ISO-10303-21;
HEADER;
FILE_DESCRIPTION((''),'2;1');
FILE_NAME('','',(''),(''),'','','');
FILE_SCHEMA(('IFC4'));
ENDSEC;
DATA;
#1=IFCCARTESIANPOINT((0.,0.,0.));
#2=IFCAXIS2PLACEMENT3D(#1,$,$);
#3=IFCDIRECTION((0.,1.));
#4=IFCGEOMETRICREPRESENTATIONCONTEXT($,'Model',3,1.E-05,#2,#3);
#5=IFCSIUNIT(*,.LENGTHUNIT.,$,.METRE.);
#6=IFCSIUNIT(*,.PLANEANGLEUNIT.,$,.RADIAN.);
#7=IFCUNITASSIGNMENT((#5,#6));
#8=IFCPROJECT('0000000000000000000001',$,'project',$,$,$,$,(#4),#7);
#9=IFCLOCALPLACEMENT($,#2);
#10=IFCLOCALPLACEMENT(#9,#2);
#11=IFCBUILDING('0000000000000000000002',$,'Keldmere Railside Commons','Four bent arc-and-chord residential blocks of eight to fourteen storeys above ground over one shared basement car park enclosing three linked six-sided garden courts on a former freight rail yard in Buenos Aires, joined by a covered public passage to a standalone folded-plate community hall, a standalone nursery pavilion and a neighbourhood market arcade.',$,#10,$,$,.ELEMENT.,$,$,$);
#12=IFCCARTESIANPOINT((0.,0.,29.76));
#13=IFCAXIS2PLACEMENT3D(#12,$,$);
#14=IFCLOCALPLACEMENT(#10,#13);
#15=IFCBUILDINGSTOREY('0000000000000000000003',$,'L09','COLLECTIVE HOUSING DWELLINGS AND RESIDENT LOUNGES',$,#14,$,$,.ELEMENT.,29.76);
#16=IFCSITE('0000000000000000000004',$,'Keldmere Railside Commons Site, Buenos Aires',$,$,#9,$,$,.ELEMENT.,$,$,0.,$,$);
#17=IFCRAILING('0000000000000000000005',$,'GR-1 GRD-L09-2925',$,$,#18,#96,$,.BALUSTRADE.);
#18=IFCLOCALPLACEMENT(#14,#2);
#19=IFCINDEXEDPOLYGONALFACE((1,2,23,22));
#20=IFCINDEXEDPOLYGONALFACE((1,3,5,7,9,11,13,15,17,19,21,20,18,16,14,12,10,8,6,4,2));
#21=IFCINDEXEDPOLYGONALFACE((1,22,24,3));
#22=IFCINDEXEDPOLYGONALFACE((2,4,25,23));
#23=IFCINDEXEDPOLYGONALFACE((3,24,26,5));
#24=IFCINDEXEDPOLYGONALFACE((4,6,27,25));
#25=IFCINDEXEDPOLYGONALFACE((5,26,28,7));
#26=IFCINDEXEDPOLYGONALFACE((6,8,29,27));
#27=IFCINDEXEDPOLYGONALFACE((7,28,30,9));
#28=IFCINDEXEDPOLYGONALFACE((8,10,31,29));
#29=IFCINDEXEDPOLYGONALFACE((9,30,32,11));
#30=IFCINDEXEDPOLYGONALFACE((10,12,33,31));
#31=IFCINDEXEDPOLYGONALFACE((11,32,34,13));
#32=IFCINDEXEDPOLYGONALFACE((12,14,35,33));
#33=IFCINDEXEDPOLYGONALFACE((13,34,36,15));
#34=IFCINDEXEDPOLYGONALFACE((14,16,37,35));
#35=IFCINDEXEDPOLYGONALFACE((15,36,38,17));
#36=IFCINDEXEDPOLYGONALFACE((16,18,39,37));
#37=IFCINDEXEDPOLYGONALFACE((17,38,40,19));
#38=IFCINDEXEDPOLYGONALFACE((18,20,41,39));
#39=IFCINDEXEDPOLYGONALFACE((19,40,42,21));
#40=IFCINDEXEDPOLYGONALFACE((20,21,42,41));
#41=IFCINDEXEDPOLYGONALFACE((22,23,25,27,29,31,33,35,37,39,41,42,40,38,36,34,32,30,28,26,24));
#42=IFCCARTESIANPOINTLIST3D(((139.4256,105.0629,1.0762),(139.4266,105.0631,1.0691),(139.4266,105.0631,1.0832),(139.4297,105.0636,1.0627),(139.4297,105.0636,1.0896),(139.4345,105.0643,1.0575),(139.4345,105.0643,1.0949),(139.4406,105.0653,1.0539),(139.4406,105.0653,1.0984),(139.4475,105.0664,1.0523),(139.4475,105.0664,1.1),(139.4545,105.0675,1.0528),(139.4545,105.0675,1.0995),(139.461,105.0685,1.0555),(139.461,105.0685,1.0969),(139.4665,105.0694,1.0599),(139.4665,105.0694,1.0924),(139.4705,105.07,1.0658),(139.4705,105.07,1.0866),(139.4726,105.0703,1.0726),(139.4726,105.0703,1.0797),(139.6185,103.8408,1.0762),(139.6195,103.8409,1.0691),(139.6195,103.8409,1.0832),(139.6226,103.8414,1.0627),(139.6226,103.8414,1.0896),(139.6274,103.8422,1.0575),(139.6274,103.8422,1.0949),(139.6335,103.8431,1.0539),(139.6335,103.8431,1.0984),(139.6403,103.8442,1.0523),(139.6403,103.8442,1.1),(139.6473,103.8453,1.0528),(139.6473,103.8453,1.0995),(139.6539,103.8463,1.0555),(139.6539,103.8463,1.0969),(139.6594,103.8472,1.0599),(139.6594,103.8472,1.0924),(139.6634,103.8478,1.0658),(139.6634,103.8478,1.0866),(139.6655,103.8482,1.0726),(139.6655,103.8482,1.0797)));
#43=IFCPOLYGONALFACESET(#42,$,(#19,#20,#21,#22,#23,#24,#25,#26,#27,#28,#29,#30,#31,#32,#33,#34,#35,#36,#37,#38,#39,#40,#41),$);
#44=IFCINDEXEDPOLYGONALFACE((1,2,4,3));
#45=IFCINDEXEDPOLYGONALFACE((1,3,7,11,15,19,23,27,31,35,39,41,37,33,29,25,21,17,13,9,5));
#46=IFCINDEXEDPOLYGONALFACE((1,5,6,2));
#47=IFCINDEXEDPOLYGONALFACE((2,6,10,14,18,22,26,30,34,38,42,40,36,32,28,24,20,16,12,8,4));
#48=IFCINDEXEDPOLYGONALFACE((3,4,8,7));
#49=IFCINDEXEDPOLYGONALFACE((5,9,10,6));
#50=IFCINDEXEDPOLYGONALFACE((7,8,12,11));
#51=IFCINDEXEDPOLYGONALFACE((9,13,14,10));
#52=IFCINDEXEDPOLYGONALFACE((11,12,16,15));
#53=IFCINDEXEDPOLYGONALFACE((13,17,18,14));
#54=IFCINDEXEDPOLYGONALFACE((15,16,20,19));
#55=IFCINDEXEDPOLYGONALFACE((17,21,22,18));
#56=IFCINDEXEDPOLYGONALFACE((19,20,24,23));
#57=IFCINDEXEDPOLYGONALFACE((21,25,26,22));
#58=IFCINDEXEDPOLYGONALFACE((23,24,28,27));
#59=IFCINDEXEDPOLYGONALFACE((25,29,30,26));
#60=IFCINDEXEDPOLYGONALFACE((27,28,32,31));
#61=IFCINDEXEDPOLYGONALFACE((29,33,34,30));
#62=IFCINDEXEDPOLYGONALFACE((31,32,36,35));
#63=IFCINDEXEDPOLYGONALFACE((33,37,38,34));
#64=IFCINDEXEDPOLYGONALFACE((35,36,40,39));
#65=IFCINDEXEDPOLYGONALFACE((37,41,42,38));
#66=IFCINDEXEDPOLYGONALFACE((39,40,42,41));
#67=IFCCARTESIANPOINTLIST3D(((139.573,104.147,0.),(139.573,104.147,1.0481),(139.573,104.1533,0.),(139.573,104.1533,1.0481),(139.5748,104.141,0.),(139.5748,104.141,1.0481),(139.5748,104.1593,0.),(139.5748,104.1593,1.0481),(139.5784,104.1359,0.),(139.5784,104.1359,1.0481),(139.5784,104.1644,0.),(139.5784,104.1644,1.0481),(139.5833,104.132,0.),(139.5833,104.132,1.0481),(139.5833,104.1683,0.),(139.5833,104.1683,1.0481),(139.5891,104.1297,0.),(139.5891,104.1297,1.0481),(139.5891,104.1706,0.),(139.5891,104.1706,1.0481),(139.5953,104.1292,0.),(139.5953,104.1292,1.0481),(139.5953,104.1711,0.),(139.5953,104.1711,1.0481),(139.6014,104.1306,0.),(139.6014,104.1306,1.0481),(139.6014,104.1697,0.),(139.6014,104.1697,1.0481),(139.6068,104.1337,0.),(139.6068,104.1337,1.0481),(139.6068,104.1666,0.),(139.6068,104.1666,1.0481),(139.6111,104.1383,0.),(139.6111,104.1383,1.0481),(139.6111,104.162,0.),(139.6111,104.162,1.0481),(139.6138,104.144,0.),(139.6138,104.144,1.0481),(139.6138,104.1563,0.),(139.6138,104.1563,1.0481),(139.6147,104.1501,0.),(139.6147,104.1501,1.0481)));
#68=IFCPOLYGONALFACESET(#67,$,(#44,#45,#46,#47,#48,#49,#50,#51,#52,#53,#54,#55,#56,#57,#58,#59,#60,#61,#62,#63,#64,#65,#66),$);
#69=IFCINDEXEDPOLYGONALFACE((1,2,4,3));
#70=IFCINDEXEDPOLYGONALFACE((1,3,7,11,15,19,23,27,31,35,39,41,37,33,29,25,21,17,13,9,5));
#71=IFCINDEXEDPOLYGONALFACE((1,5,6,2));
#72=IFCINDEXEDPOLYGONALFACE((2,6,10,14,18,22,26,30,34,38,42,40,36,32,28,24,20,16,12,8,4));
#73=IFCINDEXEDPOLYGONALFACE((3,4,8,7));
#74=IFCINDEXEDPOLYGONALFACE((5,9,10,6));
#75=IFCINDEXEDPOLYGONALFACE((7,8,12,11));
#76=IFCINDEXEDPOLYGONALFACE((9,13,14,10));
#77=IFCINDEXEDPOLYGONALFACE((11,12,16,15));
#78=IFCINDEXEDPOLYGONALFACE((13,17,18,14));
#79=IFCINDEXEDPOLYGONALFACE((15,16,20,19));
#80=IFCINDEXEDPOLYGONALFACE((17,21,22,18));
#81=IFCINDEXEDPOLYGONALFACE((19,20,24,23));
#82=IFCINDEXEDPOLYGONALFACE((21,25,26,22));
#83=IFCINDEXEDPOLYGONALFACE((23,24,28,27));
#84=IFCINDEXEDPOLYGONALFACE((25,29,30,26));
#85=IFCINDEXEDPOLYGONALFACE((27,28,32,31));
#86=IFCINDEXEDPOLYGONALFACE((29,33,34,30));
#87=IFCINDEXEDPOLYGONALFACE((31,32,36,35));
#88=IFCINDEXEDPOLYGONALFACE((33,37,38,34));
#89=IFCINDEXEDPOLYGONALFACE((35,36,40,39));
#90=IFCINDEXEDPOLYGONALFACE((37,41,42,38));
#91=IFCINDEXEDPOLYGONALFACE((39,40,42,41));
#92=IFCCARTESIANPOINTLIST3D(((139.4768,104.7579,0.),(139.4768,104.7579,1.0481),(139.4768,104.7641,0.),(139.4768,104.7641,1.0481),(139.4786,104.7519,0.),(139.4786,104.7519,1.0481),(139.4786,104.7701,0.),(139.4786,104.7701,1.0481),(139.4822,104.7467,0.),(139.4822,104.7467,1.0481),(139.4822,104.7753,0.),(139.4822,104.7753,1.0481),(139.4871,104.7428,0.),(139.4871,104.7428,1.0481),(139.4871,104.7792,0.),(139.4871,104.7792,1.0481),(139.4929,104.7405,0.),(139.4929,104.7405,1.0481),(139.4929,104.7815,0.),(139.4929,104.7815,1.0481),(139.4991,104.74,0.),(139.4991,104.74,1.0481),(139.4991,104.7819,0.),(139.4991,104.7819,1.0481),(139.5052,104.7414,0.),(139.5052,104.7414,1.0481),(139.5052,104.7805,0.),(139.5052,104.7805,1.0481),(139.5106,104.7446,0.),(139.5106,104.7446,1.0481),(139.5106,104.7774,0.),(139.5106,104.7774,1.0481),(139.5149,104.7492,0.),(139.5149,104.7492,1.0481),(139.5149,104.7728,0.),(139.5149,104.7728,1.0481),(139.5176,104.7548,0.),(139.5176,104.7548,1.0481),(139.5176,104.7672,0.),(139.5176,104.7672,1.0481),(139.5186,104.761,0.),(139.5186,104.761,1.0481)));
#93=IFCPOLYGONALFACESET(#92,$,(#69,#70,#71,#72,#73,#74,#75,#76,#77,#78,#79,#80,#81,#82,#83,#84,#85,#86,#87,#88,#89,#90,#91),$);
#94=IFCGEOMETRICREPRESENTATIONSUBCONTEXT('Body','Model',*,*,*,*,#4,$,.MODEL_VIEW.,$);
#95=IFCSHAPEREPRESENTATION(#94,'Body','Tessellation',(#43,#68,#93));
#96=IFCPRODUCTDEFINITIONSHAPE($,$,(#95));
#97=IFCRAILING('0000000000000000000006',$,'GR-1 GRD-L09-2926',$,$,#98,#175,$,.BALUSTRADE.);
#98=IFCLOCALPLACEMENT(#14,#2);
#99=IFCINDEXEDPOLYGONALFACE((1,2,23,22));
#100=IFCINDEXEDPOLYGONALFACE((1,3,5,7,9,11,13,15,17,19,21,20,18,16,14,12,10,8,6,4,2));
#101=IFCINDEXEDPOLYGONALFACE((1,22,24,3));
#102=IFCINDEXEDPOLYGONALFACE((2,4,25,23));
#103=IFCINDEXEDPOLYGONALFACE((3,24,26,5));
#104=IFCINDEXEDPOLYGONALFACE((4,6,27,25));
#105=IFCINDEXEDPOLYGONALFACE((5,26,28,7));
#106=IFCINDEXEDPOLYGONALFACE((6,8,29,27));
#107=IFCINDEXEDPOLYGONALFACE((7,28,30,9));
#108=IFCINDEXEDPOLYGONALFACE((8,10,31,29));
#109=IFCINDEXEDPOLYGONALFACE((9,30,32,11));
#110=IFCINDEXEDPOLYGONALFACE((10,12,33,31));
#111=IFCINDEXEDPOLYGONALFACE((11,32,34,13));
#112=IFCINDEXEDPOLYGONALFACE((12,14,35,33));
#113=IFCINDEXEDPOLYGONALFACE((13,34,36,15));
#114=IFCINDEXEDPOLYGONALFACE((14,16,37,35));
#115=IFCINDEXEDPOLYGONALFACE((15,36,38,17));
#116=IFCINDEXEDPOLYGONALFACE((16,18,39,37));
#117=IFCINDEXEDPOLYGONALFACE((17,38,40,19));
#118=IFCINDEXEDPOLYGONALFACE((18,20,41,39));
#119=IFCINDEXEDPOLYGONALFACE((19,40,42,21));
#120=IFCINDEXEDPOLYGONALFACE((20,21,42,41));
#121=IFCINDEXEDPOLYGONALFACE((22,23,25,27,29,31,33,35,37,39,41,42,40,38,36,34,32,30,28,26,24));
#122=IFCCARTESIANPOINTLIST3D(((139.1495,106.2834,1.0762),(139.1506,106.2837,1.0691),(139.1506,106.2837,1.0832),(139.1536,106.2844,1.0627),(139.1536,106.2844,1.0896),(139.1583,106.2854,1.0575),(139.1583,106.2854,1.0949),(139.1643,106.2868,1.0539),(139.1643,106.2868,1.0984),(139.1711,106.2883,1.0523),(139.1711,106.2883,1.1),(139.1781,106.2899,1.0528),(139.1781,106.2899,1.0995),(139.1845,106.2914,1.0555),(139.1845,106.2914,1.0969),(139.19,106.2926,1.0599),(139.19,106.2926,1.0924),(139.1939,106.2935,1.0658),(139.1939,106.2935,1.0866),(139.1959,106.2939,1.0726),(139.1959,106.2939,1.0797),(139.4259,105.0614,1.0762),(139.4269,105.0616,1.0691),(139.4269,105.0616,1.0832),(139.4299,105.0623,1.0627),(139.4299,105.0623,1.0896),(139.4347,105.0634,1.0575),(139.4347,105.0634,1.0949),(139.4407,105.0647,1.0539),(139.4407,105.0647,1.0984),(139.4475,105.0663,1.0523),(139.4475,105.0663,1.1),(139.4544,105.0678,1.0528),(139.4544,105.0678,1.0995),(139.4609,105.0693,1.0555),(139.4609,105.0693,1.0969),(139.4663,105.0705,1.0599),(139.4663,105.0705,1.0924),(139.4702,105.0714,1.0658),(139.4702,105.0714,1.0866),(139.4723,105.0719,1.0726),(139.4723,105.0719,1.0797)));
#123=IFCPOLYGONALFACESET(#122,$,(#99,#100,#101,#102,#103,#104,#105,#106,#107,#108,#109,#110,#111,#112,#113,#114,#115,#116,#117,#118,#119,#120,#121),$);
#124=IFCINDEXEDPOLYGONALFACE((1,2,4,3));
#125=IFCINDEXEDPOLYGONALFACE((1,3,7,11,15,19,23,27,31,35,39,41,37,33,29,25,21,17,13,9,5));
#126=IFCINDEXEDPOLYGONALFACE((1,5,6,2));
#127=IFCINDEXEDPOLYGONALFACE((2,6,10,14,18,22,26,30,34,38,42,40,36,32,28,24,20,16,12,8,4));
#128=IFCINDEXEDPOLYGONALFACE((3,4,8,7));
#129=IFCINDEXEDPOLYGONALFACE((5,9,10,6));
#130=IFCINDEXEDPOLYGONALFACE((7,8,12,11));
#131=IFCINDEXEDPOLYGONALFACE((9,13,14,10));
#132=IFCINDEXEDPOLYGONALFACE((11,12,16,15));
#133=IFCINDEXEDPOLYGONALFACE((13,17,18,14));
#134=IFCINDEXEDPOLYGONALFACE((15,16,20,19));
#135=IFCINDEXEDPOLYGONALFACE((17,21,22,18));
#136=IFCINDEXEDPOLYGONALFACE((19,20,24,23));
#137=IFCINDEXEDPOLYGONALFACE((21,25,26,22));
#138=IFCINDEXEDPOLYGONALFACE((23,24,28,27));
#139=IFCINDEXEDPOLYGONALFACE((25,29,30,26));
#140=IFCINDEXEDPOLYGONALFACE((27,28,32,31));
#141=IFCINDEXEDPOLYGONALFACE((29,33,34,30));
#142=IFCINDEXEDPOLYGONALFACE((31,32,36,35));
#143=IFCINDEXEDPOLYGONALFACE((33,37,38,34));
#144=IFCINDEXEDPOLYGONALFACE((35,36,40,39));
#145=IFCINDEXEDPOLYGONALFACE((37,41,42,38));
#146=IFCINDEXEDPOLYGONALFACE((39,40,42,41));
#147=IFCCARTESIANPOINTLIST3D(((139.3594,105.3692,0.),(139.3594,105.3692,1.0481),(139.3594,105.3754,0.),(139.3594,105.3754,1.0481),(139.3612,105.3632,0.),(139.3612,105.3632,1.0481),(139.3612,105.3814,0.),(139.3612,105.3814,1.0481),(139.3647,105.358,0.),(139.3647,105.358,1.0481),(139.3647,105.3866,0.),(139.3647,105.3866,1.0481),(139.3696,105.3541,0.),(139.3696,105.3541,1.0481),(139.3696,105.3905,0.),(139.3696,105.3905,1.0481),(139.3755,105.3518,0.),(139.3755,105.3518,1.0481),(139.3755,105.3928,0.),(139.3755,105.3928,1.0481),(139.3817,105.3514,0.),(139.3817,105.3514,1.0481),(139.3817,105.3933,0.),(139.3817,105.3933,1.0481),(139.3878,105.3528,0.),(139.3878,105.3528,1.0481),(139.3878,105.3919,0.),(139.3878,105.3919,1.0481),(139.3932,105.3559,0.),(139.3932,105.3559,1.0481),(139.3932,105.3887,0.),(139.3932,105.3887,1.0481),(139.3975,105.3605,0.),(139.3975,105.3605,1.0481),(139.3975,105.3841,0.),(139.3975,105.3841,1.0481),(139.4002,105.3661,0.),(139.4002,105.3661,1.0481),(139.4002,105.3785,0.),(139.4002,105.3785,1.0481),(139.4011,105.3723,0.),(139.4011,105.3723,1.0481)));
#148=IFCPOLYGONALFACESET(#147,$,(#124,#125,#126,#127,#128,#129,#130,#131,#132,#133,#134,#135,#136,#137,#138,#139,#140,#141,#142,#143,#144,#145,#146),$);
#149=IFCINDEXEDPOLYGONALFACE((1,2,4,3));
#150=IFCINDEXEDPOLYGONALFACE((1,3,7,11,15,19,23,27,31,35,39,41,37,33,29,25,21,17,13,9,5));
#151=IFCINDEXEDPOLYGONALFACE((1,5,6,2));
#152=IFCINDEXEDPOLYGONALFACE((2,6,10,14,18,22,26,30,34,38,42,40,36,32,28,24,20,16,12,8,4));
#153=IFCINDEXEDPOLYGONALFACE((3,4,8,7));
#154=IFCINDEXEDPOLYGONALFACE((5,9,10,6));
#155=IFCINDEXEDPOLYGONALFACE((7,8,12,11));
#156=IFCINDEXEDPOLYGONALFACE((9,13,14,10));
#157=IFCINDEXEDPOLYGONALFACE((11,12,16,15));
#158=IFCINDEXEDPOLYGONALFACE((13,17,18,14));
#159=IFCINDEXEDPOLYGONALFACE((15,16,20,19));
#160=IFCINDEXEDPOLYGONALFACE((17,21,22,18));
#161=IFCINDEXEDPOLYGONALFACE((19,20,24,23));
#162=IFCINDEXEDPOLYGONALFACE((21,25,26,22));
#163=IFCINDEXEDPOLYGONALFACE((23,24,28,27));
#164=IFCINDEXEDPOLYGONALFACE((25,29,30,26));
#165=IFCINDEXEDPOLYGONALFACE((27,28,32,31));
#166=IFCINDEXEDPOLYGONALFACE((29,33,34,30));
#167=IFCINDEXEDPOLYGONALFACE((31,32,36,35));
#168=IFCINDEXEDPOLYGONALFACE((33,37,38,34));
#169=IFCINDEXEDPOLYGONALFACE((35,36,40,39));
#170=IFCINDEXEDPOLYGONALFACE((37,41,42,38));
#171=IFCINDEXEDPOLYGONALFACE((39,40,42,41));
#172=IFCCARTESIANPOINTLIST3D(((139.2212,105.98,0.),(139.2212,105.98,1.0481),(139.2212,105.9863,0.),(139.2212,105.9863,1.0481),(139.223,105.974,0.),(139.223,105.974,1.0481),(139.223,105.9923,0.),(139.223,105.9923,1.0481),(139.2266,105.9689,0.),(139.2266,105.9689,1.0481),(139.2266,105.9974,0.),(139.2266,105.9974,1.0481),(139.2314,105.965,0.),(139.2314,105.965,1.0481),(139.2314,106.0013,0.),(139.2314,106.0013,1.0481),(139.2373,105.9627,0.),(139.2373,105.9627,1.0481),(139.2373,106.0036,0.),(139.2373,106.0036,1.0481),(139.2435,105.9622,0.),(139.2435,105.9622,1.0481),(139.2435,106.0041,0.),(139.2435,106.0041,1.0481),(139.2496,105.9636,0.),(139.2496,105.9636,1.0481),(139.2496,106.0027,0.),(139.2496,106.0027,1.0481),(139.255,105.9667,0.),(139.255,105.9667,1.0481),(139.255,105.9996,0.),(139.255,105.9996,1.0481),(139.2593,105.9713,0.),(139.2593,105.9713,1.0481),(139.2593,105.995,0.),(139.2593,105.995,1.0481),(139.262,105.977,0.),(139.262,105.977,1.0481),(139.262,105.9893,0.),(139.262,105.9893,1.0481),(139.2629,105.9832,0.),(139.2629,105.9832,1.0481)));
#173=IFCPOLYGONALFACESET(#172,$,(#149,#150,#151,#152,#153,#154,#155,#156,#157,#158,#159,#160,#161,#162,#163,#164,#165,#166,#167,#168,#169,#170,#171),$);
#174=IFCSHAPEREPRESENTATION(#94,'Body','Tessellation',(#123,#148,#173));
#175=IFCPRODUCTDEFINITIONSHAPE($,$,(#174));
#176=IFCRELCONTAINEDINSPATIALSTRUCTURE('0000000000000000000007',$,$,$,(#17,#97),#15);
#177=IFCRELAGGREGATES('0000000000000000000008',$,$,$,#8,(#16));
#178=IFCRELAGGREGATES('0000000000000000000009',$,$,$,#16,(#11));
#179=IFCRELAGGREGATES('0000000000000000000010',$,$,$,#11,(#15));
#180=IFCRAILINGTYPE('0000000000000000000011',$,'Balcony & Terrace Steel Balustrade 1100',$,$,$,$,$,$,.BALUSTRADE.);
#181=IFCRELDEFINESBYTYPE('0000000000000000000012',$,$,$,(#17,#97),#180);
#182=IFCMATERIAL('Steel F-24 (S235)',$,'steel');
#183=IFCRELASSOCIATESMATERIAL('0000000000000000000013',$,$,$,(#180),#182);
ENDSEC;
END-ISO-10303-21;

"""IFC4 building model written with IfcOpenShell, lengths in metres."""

from ifc_helpers import new_model, si_unit, direction, frame, origin, origin_2d, place, context, subcontext, project, spatial, circle, extrude, material, type_object, element, save


model = new_model("IFC4")

# Units and contexts
model_context = context("Model", 3, precision=1e-05, world=origin(), true_north=direction((0.0, 1.0)))
body_context = subcontext(model_context, "Body", "Model", "MODEL_VIEW")
ifc_project = project(units=[si_unit("LENGTHUNIT", "METRE"), si_unit("PLANEANGLEUNIT", "RADIAN")], contexts=[model_context])

# Site, building, storey
site_placement = place(None, origin())
site = spatial("IfcSite", under=ifc_project, at=site_placement, Name="Keldmere Railside Commons Site, Buenos Aires", CompositionType="ELEMENT", RefElevation=0.0)
building_placement = place(site_placement, origin())
building = spatial("IfcBuilding", under=site, at=building_placement, Name="Keldmere Railside Commons", Description="Four bent arc-and-chord residential blocks of eight to fourteen storeys above ground over one shared basement car park enclosing three linked six-sided garden courts on a former freight rail yard in Buenos Aires, joined by a covered public passage to a standalone folded-plate community hall, a standalone nursery pavilion and a neighbourhood market arcade.", CompositionType="ELEMENT")
storey_placement = place(building_placement, frame((0.0, 0.0, 29.76)))
storey = spatial("IfcBuildingStorey", under=building, at=storey_placement, Name="L09", Description="COLLECTIVE HOUSING DWELLINGS AND RESIDENT LOUNGES", CompositionType="ELEMENT", Elevation=29.76)

# Shared definitions
ifc_material_1 = material(Name="Steel F-24 (S235)", Category="steel")

# Railings
railing_type = type_object("IfcRailingType", Name="Balcony & Terrace Steel Balustrade 1100", PredefinedType="BALUSTRADE", material=ifc_material_1)
railing_1_placement = place(storey_placement, frame((139.6421, 103.8445, 0.0)))
element("IfcRailing", 1, at=railing_1_placement, inside=storey, type_object=railing_type, Name="GR-1 GRD-L09-2925", PredefinedType="BALUSTRADE", context=body_context, shape_type="SweptSolid", body=[
    extrude(circle(Radius=0.0239, at=origin_2d()), frame((0.0, 0.0, 1.0762), z_axis=(-0.155882, 0.987776, 0.0), x_axis=(-0.987776, -0.155882, 0.0)), (0.0, 0.0, 1.0), 1.2373),
    extrude(circle(Radius=0.021, at=origin_2d()), frame((-0.0483, 0.3057, 0.0)), (0.0, 0.0, 1.0), 1.0481),
    extrude(circle(Radius=0.021, at=origin_2d()), frame((-0.1445, 0.9165, 0.0)), (0.0, 0.0, 1.0), 1.0481),
])
railing_2_placement = place(storey_placement, frame((139.4492, 105.0667, 0.0)))
element("IfcRailing", 2, at=railing_2_placement, inside=storey, type_object=railing_type, Name="GR-1 GRD-L09-2926", PredefinedType="BALUSTRADE", context=body_context, shape_type="SweptSolid", body=[
    extrude(circle(Radius=0.0239, at=origin_2d()), frame((0.0, 0.0, 1.0762), z_axis=(-0.22056, 0.975373, 0.0), x_axis=(-0.975373, -0.22056, 0.0)), (0.0, 0.0, 1.0), 1.2529),
    extrude(circle(Radius=0.021, at=origin_2d()), frame((-0.0691, 0.3057, 0.0)), (0.0, 0.0, 1.0), 1.0481),
    extrude(circle(Radius=0.021, at=origin_2d()), frame((-0.2073, 0.9165, 0.0)), (0.0, 0.0, 1.0), 1.0481),
])

save(model, "model.ifc")
